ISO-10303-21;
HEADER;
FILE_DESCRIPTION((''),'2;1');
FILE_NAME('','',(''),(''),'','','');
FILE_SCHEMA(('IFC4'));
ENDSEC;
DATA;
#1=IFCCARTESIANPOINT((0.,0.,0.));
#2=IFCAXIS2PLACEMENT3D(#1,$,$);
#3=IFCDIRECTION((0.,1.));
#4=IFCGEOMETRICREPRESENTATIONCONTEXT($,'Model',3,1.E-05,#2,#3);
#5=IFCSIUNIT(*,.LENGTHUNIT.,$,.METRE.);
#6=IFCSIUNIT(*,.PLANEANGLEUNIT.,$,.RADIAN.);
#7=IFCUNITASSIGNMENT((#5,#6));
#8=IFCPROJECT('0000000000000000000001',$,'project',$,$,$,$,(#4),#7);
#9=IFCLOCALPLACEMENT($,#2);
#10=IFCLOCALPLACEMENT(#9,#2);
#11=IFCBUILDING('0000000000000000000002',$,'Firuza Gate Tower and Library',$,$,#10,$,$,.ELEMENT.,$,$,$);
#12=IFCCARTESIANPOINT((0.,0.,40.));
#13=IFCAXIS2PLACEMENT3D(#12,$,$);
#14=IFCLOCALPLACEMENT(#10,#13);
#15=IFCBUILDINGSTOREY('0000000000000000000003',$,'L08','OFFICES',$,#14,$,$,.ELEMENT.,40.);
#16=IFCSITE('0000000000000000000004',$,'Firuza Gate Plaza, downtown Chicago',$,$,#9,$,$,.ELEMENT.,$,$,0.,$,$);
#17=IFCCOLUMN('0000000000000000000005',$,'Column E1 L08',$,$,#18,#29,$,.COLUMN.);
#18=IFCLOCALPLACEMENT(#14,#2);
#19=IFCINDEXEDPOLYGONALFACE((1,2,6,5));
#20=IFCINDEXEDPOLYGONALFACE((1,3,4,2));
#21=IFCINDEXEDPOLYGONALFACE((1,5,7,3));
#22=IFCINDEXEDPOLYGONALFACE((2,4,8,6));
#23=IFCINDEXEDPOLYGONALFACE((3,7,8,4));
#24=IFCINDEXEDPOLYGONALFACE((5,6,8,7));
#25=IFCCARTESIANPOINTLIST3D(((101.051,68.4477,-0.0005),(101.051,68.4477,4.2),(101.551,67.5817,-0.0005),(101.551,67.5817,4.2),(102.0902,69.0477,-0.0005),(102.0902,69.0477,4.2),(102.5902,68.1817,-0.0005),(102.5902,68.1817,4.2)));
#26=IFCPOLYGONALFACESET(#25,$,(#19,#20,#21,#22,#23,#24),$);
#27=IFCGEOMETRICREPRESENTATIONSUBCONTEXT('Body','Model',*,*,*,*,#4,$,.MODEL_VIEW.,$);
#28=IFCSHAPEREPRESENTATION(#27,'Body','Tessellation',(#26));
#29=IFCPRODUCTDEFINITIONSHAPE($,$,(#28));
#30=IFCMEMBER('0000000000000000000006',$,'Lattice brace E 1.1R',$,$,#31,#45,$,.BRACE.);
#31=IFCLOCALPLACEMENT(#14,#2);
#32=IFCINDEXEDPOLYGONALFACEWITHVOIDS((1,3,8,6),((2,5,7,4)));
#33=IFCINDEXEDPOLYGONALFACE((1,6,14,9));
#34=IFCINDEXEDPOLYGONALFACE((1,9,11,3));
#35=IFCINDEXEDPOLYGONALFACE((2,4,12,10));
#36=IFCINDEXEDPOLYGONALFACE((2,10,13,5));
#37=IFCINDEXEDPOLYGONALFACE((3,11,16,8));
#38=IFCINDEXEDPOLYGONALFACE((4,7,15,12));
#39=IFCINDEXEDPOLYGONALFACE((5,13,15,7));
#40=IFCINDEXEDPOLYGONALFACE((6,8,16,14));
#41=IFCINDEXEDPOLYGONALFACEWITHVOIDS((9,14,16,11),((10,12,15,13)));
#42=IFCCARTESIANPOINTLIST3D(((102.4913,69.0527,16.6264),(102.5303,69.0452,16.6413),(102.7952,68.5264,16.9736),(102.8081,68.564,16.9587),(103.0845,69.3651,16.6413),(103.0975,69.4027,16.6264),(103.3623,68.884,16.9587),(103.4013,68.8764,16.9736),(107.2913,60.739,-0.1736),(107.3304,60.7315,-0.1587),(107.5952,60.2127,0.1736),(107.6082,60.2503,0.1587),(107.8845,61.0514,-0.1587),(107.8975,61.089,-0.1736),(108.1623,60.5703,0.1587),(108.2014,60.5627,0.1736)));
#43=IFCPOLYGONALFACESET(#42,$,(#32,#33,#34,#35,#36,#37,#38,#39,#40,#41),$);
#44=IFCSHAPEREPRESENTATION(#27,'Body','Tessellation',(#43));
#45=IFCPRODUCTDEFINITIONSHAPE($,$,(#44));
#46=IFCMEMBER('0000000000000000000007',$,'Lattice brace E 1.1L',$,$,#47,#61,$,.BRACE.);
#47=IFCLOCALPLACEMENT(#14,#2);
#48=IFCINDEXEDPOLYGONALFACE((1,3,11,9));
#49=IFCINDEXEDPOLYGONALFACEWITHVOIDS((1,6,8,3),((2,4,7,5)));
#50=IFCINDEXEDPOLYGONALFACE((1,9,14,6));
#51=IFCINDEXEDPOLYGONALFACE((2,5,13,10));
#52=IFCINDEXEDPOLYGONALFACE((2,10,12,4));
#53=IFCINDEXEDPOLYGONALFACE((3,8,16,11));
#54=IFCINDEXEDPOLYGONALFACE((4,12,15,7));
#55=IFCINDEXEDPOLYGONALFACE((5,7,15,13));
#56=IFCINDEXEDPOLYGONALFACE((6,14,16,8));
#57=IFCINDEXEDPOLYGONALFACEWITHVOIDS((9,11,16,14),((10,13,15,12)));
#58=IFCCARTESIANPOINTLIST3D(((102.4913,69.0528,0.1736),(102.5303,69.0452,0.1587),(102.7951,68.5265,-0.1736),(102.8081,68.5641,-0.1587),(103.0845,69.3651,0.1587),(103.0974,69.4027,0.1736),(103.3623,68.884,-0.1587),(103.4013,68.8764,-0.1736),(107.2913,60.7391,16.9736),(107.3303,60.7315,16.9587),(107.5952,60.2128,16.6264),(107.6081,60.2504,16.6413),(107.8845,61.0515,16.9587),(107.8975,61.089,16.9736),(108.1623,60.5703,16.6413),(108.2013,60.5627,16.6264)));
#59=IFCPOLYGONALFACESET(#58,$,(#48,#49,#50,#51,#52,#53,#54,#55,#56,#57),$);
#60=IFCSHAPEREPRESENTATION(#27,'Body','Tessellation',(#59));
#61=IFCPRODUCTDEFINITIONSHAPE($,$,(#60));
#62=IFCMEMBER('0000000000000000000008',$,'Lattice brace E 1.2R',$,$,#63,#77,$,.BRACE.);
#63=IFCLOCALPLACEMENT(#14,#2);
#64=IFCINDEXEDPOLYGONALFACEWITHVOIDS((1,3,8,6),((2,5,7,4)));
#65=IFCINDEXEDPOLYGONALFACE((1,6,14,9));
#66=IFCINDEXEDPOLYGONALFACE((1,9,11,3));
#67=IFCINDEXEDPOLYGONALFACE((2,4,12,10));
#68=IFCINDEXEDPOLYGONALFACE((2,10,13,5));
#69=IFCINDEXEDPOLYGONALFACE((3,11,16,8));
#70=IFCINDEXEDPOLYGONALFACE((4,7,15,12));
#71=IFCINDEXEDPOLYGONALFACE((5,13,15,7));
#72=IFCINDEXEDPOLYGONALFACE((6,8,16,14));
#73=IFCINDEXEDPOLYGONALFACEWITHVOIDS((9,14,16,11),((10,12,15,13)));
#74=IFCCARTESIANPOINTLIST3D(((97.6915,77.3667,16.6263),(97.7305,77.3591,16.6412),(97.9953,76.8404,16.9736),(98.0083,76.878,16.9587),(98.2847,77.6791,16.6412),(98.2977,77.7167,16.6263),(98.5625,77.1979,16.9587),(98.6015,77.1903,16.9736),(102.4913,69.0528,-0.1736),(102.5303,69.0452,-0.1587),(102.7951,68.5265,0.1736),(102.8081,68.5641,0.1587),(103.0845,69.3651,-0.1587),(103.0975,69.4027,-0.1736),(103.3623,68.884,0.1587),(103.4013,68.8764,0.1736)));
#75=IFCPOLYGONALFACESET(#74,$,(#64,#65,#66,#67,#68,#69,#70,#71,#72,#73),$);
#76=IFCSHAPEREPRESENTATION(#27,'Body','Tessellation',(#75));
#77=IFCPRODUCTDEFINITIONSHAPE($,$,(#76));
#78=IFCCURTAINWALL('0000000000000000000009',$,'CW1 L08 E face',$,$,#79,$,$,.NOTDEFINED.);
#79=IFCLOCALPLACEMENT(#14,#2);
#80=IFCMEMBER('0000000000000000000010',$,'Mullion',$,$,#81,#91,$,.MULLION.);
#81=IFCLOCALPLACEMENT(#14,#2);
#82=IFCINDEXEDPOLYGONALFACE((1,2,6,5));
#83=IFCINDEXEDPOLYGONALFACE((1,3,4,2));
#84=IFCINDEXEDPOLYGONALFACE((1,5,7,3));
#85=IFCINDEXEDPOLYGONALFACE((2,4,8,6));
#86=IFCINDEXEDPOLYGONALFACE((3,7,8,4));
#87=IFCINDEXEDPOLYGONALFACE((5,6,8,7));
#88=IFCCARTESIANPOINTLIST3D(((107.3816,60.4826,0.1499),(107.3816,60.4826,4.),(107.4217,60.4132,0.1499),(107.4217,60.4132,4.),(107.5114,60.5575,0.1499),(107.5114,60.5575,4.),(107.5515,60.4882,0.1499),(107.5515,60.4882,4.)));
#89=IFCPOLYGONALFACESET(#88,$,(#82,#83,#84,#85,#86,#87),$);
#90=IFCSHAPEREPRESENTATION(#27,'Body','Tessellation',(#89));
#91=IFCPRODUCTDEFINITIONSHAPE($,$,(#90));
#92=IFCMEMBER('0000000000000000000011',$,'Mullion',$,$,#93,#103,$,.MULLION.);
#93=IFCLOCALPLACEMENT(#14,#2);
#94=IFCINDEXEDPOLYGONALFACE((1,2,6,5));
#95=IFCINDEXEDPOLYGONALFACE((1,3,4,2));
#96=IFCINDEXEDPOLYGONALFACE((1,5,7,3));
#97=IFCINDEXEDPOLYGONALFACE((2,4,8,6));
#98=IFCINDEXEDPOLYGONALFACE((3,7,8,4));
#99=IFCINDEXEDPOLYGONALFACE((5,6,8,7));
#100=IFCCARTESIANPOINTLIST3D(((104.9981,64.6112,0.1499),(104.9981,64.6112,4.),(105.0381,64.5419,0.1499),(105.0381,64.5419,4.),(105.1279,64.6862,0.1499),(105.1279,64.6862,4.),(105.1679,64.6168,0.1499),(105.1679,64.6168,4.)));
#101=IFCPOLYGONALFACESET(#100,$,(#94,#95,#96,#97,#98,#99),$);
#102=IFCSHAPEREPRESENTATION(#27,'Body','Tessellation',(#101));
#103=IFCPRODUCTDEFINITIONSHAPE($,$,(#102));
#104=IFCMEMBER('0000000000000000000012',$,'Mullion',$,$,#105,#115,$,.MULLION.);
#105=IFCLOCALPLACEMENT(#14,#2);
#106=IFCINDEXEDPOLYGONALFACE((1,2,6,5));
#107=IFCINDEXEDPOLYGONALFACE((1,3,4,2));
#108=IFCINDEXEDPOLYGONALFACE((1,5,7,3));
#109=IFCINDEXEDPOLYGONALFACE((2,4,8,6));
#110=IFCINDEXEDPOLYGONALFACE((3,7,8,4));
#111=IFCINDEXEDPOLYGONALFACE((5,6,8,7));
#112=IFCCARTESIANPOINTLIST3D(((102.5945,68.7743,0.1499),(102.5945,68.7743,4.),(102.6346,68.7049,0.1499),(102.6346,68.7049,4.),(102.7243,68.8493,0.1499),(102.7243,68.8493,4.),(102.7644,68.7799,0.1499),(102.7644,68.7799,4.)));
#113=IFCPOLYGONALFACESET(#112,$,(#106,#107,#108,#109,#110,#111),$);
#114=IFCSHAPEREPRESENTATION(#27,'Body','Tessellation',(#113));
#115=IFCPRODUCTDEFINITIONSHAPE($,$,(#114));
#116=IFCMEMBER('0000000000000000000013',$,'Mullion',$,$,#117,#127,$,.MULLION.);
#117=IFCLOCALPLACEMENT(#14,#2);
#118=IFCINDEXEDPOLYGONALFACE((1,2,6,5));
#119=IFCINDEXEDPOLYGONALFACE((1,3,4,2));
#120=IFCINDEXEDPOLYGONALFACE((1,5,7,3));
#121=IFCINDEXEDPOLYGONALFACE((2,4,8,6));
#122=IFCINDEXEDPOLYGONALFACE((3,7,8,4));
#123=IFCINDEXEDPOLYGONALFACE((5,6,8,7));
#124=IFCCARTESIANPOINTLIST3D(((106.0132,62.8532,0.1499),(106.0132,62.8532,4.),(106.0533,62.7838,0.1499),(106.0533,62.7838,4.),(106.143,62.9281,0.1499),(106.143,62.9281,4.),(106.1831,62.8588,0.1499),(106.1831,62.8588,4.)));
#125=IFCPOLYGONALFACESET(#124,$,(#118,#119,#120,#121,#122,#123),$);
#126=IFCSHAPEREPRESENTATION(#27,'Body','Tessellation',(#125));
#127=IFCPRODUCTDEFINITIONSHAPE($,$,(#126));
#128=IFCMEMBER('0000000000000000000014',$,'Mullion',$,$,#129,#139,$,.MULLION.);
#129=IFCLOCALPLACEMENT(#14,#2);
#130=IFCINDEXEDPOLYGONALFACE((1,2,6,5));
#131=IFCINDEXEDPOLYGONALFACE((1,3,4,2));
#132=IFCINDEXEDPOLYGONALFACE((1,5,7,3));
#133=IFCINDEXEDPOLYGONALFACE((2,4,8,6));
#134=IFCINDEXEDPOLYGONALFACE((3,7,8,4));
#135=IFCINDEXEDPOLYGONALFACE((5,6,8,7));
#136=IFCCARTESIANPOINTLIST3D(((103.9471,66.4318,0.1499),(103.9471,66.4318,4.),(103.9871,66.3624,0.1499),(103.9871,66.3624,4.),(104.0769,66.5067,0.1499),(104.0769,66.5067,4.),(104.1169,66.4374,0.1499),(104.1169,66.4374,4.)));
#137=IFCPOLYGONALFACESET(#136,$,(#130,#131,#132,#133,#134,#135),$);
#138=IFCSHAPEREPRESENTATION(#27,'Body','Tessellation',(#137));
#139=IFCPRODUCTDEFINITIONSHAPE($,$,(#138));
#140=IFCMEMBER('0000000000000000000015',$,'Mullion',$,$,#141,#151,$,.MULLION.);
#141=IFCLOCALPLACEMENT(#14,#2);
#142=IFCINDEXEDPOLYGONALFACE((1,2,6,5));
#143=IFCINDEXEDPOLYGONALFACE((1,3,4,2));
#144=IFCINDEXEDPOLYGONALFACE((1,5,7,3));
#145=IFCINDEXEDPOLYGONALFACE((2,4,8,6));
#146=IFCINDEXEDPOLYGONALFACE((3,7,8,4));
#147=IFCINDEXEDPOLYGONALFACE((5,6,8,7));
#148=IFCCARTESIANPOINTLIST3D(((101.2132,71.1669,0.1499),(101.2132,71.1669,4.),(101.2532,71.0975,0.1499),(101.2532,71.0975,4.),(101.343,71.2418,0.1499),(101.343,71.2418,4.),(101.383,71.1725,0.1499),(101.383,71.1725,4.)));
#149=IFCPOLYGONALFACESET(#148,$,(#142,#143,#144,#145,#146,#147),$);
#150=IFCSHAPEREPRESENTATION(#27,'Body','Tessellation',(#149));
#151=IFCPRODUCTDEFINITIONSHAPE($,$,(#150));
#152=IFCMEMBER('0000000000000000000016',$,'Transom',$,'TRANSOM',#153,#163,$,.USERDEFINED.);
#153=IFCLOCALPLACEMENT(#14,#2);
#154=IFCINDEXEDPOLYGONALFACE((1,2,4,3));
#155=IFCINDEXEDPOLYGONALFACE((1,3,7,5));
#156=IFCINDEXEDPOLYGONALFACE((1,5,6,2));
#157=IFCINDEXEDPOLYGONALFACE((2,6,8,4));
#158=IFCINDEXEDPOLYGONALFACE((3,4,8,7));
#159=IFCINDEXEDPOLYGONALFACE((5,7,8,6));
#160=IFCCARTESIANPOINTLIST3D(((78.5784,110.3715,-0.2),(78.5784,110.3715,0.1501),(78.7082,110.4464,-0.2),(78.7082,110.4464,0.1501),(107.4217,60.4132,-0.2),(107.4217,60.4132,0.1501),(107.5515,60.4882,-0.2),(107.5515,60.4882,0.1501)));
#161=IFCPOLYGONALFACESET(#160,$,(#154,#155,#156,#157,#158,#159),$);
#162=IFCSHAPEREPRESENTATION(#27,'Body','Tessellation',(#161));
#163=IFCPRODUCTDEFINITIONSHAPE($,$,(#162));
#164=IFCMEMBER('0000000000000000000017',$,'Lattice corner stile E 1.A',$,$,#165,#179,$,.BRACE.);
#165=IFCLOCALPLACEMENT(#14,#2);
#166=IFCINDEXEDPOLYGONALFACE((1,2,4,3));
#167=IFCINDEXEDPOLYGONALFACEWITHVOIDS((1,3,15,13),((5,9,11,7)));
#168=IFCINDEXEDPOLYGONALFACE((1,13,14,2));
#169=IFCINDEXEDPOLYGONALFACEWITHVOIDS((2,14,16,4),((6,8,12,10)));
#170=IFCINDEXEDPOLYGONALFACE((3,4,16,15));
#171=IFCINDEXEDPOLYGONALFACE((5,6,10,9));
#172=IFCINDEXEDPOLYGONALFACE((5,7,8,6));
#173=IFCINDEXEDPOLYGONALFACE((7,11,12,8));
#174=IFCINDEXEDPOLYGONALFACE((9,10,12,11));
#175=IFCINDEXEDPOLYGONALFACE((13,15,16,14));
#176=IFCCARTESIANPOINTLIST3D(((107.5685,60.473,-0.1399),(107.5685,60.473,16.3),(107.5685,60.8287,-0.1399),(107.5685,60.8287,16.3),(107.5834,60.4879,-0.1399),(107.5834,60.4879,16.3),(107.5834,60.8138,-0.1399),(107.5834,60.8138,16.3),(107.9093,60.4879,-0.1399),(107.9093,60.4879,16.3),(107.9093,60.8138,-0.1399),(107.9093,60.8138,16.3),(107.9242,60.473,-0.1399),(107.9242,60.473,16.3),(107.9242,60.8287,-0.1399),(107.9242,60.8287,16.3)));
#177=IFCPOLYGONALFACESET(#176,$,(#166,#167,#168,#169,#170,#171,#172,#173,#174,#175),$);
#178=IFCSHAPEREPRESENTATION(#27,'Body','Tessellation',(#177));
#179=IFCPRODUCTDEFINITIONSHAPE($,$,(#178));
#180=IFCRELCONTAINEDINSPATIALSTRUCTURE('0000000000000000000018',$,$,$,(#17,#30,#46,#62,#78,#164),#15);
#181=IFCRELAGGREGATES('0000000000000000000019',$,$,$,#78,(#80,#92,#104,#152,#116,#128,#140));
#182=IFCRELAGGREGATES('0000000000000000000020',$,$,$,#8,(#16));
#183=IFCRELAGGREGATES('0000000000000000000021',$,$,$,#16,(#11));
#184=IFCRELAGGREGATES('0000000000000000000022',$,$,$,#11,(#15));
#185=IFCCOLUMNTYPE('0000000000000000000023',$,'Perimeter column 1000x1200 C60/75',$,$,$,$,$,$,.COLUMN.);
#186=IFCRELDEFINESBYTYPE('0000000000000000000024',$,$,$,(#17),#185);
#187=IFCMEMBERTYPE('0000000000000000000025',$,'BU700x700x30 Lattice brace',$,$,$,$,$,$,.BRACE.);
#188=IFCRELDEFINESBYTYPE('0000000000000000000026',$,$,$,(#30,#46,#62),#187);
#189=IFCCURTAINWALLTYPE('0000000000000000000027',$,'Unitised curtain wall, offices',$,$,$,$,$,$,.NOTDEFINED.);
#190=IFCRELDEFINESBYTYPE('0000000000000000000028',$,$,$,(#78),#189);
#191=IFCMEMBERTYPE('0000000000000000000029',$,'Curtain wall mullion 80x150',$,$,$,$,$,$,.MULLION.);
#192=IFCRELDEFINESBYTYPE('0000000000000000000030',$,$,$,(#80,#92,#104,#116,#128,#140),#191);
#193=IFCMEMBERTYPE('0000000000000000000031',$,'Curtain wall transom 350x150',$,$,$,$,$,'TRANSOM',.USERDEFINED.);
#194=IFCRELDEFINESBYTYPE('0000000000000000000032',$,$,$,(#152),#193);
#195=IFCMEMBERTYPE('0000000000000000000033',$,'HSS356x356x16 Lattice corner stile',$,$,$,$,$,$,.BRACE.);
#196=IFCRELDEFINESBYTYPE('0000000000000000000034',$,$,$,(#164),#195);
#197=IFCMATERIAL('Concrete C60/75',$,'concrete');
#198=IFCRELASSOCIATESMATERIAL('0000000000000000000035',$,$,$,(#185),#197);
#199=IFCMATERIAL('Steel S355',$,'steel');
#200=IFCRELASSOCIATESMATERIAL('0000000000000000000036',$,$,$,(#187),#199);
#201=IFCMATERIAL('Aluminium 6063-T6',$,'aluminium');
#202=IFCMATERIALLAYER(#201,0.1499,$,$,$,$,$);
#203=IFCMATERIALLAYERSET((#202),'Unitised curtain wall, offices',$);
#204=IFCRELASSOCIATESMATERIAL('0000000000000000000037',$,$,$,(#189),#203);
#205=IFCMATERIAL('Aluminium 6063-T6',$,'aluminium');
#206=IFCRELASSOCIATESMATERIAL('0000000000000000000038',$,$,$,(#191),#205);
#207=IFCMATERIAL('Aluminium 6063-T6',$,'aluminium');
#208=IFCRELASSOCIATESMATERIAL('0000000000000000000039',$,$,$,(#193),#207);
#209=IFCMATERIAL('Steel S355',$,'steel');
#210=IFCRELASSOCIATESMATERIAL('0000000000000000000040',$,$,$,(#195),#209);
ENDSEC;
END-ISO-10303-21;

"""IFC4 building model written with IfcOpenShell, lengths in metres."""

from ifc_helpers import new_model, si_unit, direction, frame, origin, origin_2d, place, context, subcontext, project, spatial, rectangle, hollow_rectangle, extrude, material, layer, layer_set, material_profile, profile_set, type_object, element, aggregate, save


model = new_model("IFC4")

# Units and contexts
model_context = context("Model", 3, precision=1e-05, world=origin(), true_north=direction((0.0, 1.0)))
body_context = subcontext(model_context, "Body", "Model", "MODEL_VIEW")
ifc_project = project(units=[si_unit("LENGTHUNIT", "METRE"), si_unit("PLANEANGLEUNIT", "RADIAN")], contexts=[model_context])

# Site, building, storey
site_placement = place(None, origin())
site = spatial("IfcSite", under=ifc_project, at=site_placement, Name="Firuza Gate Plaza, downtown Chicago", CompositionType="ELEMENT", RefElevation=0.0)
building_placement = place(site_placement, origin())
building = spatial("IfcBuilding", under=site, at=building_placement, Name="Firuza Gate Tower and Library", CompositionType="ELEMENT")
storey_placement = place(building_placement, frame((0.0, 0.0, 40.0)))
storey = spatial("IfcBuildingStorey", under=building, at=storey_placement, Name="L08", Description="OFFICES", CompositionType="ELEMENT", Elevation=40.0)

# Column
ifc_material_1 = material(Name="Concrete C60/75", Category="concrete")
ifc_material_profile_1 = material_profile(ifc_material_1, rectangle(XDim=1.0, YDim=1.2, at=origin_2d()))
ifc_profile_set_1 = profile_set([ifc_material_profile_1], Name="Concrete C60/75")
column_type = type_object("IfcColumnType", Name="Perimeter column 1000x1200 C60/75", PredefinedType="COLUMN", material=ifc_profile_set_1)
column_placement = place(storey_placement, frame((101.8206, 68.3147, -0.0005), z_axis=(0.0, 0.0, 1.0), x_axis=(-0.5, 0.866025, 0.0)))
element("IfcColumn", 1, at=column_placement, inside=storey, type_object=column_type, Name="Column E1 L08", PredefinedType="COLUMN", context=body_context, shape_type="SweptSolid", body=[
    extrude(rectangle(XDim=1.0, YDim=1.2, at=origin_2d()), origin(), (0.0, 0.0, 1.0), 4.2004),
])

# Members
ifc_material_2 = material(Name="Steel S355", Category="steel")
ifc_material_profile_2 = material_profile(ifc_material_2, hollow_rectangle(XDim=0.7, YDim=0.7, WallThickness=0.03, at=origin_2d()))
ifc_profile_set_2 = profile_set([ifc_material_profile_2], Name="Steel S355")
member_type_1 = type_object("IfcMemberType", Name="BU700x700x30 Lattice brace", PredefinedType="BRACE", material=ifc_profile_set_2)
for number, where, z_axis, x_axis, name in (
    (2, (107.7463, 60.6509, 0.0), (-0.248072, 0.429663, 0.868246), (-0.86602, -0.500009, 0.0), "Lattice brace E 1.1R"),
    (3, (102.9463, 68.9646, 0.0), (0.248072, -0.429663, 0.868246), (0.86602, 0.500009, 0.0), "Lattice brace E 1.1L"),
    (4, (102.9463, 68.9646, 0.0), (-0.248059, 0.429674, 0.868244), (-0.866037, -0.499979, 0.0), "Lattice brace E 1.2R"),
):
    element("IfcMember", number, at=place(storey_placement, frame(where, z_axis=z_axis, x_axis=x_axis)), inside=storey, type_object=member_type_1, Name=name, PredefinedType="BRACE", context=body_context, shape_type="SweptSolid", body=[
        extrude(hollow_rectangle(XDim=0.7, YDim=0.7, WallThickness=0.03, at=origin_2d()), origin(), (0.0, 0.0, 1.0), 19.3494),
    ])

# Curtain wall, members
ifc_material_3 = material(Name="Aluminium 6063-T6", Category="aluminium")
ifc_layer_1 = layer(ifc_material_3, 0.1499)
ifc_layer_set_1 = layer_set([ifc_layer_1], Name="Unitised curtain wall, offices")
curtain_wall_type = type_object("IfcCurtainWallType", Name="Unitised curtain wall, offices", PredefinedType="NOTDEFINED", material=ifc_layer_set_1)
curtain_wall_placement = place(storey_placement, origin())
curtain_wall = element("IfcCurtainWall", 5, at=curtain_wall_placement, inside=storey, type_object=curtain_wall_type, Name="CW1 L08 E face", PredefinedType="NOTDEFINED")
ifc_material_4 = material(Name="Aluminium 6063-T6", Category="aluminium")
ifc_material_profile_3 = material_profile(ifc_material_4, rectangle(XDim=0.1499, YDim=0.0801, at=origin_2d()))
ifc_profile_set_3 = profile_set([ifc_material_profile_3], Name="Aluminium 6063-T6")
member_type_2 = type_object("IfcMemberType", Name="Curtain wall mullion 80x150", PredefinedType="MULLION", material=ifc_profile_set_3)
member_1_placement = place(storey_placement, frame((107.4666, 60.4854, 0.1499), z_axis=(0.0, 0.0, 1.0), x_axis=(-0.866025, -0.5, 0.0)))
member_1 = element("IfcMember", 6, at=member_1_placement, type_object=member_type_2, Name="Mullion", PredefinedType="MULLION", context=body_context, shape_type="SweptSolid", body=[
    extrude(rectangle(XDim=0.1499, YDim=0.0801, at=origin_2d()), origin(), (0.0, 0.0, 1.0), 3.8501),
])
member_2_placement = place(storey_placement, frame((105.083, 64.614, 0.1499), z_axis=(0.0, 0.0, 1.0), x_axis=(-0.866025, -0.5, 0.0)))
member_2 = element("IfcMember", 7, at=member_2_placement, type_object=member_type_2, Name="Mullion", PredefinedType="MULLION", context=body_context, shape_type="SweptSolid", body=[
    extrude(rectangle(XDim=0.1499, YDim=0.0801, at=origin_2d()), origin(), (0.0, 0.0, 1.0), 3.8501),
])
member_3_placement = place(storey_placement, frame((102.6794, 68.7771, 0.1499), z_axis=(0.0, 0.0, 1.0), x_axis=(-0.866025, -0.5, 0.0)))
member_3 = element("IfcMember", 8, at=member_3_placement, type_object=member_type_2, Name="Mullion", PredefinedType="MULLION", context=body_context, shape_type="SweptSolid", body=[
    extrude(rectangle(XDim=0.1499, YDim=0.0801, at=origin_2d()), origin(), (0.0, 0.0, 1.0), 3.8501),
])
member_4_placement = place(storey_placement, frame((106.0981, 62.856, 0.1499), z_axis=(0.0, 0.0, 1.0), x_axis=(-0.866025, -0.5, 0.0)))
member_4 = element("IfcMember", 9, at=member_4_placement, type_object=member_type_2, Name="Mullion", PredefinedType="MULLION", context=body_context, shape_type="SweptSolid", body=[
    extrude(rectangle(XDim=0.1499, YDim=0.0801, at=origin_2d()), origin(), (0.0, 0.0, 1.0), 3.8501),
])
member_5_placement = place(storey_placement, frame((104.032, 66.4346, 0.1499), z_axis=(0.0, 0.0, 1.0), x_axis=(-0.866025, -0.5, 0.0)))
member_5 = element("IfcMember", 10, at=member_5_placement, type_object=member_type_2, Name="Mullion", PredefinedType="MULLION", context=body_context, shape_type="SweptSolid", body=[
    extrude(rectangle(XDim=0.1499, YDim=0.0801, at=origin_2d()), origin(), (0.0, 0.0, 1.0), 3.8501),
])
member_6_placement = place(storey_placement, frame((101.2981, 71.1697, 0.1499), z_axis=(0.0, 0.0, 1.0), x_axis=(-0.866025, -0.5, 0.0)))
member_6 = element("IfcMember", 11, at=member_6_placement, type_object=member_type_2, Name="Mullion", PredefinedType="MULLION", context=body_context, shape_type="SweptSolid", body=[
    extrude(rectangle(XDim=0.1499, YDim=0.0801, at=origin_2d()), origin(), (0.0, 0.0, 1.0), 3.8501),
])
ifc_material_5 = material(Name="Aluminium 6063-T6", Category="aluminium")
ifc_material_profile_4 = material_profile(ifc_material_5, rectangle(XDim=0.1499, YDim=0.3501, at=origin_2d()))
ifc_profile_set_4 = profile_set([ifc_material_profile_4], Name="Aluminium 6063-T6")
member_type_3 = type_object("IfcMemberType", Name="Curtain wall transom 350x150", ElementType="TRANSOM", PredefinedType="USERDEFINED", material=ifc_profile_set_4)
member_7_placement = place(storey_placement, frame((107.4866, 60.4507, -0.0249), z_axis=(-0.499998, 0.866027, 0.0), x_axis=(-0.866027, -0.499998, 0.0)))
member_7 = element("IfcMember", 12, at=member_7_placement, type_object=member_type_3, Name="Transom", ObjectType="TRANSOM", PredefinedType="USERDEFINED", context=body_context, shape_type="SweptSolid", body=[
    extrude(rectangle(XDim=0.1499, YDim=0.3501, at=origin_2d()), origin(), (0.0, 0.0, 1.0), 57.6868),
])

# Member
ifc_material_6 = material(Name="Steel S355", Category="steel")
ifc_material_profile_5 = material_profile(ifc_material_6, hollow_rectangle(XDim=0.3557, YDim=0.3557, WallThickness=0.0149, at=origin_2d()))
ifc_profile_set_5 = profile_set([ifc_material_profile_5], Name="Steel S355")
member_type_4 = type_object("IfcMemberType", Name="HSS356x356x16 Lattice corner stile", PredefinedType="BRACE", material=ifc_profile_set_5)
member_8_placement = place(storey_placement, frame((107.7463, 60.6509, -0.1399), z_axis=(0.0, 0.0, 1.0), x_axis=(1.0, 0.0, 0.0)))
element("IfcMember", 13, at=member_8_placement, inside=storey, type_object=member_type_4, Name="Lattice corner stile E 1.A", PredefinedType="BRACE", context=body_context, shape_type="SweptSolid", body=[
    extrude(hollow_rectangle(XDim=0.3557, YDim=0.3557, WallThickness=0.0149, at=origin_2d()), origin(), (0.0, 0.0, 1.0), 16.4399),
])

aggregate(curtain_wall, [member_1, member_2, member_3, member_7, member_4, member_5, member_6])

save(model, "model.ifc")
